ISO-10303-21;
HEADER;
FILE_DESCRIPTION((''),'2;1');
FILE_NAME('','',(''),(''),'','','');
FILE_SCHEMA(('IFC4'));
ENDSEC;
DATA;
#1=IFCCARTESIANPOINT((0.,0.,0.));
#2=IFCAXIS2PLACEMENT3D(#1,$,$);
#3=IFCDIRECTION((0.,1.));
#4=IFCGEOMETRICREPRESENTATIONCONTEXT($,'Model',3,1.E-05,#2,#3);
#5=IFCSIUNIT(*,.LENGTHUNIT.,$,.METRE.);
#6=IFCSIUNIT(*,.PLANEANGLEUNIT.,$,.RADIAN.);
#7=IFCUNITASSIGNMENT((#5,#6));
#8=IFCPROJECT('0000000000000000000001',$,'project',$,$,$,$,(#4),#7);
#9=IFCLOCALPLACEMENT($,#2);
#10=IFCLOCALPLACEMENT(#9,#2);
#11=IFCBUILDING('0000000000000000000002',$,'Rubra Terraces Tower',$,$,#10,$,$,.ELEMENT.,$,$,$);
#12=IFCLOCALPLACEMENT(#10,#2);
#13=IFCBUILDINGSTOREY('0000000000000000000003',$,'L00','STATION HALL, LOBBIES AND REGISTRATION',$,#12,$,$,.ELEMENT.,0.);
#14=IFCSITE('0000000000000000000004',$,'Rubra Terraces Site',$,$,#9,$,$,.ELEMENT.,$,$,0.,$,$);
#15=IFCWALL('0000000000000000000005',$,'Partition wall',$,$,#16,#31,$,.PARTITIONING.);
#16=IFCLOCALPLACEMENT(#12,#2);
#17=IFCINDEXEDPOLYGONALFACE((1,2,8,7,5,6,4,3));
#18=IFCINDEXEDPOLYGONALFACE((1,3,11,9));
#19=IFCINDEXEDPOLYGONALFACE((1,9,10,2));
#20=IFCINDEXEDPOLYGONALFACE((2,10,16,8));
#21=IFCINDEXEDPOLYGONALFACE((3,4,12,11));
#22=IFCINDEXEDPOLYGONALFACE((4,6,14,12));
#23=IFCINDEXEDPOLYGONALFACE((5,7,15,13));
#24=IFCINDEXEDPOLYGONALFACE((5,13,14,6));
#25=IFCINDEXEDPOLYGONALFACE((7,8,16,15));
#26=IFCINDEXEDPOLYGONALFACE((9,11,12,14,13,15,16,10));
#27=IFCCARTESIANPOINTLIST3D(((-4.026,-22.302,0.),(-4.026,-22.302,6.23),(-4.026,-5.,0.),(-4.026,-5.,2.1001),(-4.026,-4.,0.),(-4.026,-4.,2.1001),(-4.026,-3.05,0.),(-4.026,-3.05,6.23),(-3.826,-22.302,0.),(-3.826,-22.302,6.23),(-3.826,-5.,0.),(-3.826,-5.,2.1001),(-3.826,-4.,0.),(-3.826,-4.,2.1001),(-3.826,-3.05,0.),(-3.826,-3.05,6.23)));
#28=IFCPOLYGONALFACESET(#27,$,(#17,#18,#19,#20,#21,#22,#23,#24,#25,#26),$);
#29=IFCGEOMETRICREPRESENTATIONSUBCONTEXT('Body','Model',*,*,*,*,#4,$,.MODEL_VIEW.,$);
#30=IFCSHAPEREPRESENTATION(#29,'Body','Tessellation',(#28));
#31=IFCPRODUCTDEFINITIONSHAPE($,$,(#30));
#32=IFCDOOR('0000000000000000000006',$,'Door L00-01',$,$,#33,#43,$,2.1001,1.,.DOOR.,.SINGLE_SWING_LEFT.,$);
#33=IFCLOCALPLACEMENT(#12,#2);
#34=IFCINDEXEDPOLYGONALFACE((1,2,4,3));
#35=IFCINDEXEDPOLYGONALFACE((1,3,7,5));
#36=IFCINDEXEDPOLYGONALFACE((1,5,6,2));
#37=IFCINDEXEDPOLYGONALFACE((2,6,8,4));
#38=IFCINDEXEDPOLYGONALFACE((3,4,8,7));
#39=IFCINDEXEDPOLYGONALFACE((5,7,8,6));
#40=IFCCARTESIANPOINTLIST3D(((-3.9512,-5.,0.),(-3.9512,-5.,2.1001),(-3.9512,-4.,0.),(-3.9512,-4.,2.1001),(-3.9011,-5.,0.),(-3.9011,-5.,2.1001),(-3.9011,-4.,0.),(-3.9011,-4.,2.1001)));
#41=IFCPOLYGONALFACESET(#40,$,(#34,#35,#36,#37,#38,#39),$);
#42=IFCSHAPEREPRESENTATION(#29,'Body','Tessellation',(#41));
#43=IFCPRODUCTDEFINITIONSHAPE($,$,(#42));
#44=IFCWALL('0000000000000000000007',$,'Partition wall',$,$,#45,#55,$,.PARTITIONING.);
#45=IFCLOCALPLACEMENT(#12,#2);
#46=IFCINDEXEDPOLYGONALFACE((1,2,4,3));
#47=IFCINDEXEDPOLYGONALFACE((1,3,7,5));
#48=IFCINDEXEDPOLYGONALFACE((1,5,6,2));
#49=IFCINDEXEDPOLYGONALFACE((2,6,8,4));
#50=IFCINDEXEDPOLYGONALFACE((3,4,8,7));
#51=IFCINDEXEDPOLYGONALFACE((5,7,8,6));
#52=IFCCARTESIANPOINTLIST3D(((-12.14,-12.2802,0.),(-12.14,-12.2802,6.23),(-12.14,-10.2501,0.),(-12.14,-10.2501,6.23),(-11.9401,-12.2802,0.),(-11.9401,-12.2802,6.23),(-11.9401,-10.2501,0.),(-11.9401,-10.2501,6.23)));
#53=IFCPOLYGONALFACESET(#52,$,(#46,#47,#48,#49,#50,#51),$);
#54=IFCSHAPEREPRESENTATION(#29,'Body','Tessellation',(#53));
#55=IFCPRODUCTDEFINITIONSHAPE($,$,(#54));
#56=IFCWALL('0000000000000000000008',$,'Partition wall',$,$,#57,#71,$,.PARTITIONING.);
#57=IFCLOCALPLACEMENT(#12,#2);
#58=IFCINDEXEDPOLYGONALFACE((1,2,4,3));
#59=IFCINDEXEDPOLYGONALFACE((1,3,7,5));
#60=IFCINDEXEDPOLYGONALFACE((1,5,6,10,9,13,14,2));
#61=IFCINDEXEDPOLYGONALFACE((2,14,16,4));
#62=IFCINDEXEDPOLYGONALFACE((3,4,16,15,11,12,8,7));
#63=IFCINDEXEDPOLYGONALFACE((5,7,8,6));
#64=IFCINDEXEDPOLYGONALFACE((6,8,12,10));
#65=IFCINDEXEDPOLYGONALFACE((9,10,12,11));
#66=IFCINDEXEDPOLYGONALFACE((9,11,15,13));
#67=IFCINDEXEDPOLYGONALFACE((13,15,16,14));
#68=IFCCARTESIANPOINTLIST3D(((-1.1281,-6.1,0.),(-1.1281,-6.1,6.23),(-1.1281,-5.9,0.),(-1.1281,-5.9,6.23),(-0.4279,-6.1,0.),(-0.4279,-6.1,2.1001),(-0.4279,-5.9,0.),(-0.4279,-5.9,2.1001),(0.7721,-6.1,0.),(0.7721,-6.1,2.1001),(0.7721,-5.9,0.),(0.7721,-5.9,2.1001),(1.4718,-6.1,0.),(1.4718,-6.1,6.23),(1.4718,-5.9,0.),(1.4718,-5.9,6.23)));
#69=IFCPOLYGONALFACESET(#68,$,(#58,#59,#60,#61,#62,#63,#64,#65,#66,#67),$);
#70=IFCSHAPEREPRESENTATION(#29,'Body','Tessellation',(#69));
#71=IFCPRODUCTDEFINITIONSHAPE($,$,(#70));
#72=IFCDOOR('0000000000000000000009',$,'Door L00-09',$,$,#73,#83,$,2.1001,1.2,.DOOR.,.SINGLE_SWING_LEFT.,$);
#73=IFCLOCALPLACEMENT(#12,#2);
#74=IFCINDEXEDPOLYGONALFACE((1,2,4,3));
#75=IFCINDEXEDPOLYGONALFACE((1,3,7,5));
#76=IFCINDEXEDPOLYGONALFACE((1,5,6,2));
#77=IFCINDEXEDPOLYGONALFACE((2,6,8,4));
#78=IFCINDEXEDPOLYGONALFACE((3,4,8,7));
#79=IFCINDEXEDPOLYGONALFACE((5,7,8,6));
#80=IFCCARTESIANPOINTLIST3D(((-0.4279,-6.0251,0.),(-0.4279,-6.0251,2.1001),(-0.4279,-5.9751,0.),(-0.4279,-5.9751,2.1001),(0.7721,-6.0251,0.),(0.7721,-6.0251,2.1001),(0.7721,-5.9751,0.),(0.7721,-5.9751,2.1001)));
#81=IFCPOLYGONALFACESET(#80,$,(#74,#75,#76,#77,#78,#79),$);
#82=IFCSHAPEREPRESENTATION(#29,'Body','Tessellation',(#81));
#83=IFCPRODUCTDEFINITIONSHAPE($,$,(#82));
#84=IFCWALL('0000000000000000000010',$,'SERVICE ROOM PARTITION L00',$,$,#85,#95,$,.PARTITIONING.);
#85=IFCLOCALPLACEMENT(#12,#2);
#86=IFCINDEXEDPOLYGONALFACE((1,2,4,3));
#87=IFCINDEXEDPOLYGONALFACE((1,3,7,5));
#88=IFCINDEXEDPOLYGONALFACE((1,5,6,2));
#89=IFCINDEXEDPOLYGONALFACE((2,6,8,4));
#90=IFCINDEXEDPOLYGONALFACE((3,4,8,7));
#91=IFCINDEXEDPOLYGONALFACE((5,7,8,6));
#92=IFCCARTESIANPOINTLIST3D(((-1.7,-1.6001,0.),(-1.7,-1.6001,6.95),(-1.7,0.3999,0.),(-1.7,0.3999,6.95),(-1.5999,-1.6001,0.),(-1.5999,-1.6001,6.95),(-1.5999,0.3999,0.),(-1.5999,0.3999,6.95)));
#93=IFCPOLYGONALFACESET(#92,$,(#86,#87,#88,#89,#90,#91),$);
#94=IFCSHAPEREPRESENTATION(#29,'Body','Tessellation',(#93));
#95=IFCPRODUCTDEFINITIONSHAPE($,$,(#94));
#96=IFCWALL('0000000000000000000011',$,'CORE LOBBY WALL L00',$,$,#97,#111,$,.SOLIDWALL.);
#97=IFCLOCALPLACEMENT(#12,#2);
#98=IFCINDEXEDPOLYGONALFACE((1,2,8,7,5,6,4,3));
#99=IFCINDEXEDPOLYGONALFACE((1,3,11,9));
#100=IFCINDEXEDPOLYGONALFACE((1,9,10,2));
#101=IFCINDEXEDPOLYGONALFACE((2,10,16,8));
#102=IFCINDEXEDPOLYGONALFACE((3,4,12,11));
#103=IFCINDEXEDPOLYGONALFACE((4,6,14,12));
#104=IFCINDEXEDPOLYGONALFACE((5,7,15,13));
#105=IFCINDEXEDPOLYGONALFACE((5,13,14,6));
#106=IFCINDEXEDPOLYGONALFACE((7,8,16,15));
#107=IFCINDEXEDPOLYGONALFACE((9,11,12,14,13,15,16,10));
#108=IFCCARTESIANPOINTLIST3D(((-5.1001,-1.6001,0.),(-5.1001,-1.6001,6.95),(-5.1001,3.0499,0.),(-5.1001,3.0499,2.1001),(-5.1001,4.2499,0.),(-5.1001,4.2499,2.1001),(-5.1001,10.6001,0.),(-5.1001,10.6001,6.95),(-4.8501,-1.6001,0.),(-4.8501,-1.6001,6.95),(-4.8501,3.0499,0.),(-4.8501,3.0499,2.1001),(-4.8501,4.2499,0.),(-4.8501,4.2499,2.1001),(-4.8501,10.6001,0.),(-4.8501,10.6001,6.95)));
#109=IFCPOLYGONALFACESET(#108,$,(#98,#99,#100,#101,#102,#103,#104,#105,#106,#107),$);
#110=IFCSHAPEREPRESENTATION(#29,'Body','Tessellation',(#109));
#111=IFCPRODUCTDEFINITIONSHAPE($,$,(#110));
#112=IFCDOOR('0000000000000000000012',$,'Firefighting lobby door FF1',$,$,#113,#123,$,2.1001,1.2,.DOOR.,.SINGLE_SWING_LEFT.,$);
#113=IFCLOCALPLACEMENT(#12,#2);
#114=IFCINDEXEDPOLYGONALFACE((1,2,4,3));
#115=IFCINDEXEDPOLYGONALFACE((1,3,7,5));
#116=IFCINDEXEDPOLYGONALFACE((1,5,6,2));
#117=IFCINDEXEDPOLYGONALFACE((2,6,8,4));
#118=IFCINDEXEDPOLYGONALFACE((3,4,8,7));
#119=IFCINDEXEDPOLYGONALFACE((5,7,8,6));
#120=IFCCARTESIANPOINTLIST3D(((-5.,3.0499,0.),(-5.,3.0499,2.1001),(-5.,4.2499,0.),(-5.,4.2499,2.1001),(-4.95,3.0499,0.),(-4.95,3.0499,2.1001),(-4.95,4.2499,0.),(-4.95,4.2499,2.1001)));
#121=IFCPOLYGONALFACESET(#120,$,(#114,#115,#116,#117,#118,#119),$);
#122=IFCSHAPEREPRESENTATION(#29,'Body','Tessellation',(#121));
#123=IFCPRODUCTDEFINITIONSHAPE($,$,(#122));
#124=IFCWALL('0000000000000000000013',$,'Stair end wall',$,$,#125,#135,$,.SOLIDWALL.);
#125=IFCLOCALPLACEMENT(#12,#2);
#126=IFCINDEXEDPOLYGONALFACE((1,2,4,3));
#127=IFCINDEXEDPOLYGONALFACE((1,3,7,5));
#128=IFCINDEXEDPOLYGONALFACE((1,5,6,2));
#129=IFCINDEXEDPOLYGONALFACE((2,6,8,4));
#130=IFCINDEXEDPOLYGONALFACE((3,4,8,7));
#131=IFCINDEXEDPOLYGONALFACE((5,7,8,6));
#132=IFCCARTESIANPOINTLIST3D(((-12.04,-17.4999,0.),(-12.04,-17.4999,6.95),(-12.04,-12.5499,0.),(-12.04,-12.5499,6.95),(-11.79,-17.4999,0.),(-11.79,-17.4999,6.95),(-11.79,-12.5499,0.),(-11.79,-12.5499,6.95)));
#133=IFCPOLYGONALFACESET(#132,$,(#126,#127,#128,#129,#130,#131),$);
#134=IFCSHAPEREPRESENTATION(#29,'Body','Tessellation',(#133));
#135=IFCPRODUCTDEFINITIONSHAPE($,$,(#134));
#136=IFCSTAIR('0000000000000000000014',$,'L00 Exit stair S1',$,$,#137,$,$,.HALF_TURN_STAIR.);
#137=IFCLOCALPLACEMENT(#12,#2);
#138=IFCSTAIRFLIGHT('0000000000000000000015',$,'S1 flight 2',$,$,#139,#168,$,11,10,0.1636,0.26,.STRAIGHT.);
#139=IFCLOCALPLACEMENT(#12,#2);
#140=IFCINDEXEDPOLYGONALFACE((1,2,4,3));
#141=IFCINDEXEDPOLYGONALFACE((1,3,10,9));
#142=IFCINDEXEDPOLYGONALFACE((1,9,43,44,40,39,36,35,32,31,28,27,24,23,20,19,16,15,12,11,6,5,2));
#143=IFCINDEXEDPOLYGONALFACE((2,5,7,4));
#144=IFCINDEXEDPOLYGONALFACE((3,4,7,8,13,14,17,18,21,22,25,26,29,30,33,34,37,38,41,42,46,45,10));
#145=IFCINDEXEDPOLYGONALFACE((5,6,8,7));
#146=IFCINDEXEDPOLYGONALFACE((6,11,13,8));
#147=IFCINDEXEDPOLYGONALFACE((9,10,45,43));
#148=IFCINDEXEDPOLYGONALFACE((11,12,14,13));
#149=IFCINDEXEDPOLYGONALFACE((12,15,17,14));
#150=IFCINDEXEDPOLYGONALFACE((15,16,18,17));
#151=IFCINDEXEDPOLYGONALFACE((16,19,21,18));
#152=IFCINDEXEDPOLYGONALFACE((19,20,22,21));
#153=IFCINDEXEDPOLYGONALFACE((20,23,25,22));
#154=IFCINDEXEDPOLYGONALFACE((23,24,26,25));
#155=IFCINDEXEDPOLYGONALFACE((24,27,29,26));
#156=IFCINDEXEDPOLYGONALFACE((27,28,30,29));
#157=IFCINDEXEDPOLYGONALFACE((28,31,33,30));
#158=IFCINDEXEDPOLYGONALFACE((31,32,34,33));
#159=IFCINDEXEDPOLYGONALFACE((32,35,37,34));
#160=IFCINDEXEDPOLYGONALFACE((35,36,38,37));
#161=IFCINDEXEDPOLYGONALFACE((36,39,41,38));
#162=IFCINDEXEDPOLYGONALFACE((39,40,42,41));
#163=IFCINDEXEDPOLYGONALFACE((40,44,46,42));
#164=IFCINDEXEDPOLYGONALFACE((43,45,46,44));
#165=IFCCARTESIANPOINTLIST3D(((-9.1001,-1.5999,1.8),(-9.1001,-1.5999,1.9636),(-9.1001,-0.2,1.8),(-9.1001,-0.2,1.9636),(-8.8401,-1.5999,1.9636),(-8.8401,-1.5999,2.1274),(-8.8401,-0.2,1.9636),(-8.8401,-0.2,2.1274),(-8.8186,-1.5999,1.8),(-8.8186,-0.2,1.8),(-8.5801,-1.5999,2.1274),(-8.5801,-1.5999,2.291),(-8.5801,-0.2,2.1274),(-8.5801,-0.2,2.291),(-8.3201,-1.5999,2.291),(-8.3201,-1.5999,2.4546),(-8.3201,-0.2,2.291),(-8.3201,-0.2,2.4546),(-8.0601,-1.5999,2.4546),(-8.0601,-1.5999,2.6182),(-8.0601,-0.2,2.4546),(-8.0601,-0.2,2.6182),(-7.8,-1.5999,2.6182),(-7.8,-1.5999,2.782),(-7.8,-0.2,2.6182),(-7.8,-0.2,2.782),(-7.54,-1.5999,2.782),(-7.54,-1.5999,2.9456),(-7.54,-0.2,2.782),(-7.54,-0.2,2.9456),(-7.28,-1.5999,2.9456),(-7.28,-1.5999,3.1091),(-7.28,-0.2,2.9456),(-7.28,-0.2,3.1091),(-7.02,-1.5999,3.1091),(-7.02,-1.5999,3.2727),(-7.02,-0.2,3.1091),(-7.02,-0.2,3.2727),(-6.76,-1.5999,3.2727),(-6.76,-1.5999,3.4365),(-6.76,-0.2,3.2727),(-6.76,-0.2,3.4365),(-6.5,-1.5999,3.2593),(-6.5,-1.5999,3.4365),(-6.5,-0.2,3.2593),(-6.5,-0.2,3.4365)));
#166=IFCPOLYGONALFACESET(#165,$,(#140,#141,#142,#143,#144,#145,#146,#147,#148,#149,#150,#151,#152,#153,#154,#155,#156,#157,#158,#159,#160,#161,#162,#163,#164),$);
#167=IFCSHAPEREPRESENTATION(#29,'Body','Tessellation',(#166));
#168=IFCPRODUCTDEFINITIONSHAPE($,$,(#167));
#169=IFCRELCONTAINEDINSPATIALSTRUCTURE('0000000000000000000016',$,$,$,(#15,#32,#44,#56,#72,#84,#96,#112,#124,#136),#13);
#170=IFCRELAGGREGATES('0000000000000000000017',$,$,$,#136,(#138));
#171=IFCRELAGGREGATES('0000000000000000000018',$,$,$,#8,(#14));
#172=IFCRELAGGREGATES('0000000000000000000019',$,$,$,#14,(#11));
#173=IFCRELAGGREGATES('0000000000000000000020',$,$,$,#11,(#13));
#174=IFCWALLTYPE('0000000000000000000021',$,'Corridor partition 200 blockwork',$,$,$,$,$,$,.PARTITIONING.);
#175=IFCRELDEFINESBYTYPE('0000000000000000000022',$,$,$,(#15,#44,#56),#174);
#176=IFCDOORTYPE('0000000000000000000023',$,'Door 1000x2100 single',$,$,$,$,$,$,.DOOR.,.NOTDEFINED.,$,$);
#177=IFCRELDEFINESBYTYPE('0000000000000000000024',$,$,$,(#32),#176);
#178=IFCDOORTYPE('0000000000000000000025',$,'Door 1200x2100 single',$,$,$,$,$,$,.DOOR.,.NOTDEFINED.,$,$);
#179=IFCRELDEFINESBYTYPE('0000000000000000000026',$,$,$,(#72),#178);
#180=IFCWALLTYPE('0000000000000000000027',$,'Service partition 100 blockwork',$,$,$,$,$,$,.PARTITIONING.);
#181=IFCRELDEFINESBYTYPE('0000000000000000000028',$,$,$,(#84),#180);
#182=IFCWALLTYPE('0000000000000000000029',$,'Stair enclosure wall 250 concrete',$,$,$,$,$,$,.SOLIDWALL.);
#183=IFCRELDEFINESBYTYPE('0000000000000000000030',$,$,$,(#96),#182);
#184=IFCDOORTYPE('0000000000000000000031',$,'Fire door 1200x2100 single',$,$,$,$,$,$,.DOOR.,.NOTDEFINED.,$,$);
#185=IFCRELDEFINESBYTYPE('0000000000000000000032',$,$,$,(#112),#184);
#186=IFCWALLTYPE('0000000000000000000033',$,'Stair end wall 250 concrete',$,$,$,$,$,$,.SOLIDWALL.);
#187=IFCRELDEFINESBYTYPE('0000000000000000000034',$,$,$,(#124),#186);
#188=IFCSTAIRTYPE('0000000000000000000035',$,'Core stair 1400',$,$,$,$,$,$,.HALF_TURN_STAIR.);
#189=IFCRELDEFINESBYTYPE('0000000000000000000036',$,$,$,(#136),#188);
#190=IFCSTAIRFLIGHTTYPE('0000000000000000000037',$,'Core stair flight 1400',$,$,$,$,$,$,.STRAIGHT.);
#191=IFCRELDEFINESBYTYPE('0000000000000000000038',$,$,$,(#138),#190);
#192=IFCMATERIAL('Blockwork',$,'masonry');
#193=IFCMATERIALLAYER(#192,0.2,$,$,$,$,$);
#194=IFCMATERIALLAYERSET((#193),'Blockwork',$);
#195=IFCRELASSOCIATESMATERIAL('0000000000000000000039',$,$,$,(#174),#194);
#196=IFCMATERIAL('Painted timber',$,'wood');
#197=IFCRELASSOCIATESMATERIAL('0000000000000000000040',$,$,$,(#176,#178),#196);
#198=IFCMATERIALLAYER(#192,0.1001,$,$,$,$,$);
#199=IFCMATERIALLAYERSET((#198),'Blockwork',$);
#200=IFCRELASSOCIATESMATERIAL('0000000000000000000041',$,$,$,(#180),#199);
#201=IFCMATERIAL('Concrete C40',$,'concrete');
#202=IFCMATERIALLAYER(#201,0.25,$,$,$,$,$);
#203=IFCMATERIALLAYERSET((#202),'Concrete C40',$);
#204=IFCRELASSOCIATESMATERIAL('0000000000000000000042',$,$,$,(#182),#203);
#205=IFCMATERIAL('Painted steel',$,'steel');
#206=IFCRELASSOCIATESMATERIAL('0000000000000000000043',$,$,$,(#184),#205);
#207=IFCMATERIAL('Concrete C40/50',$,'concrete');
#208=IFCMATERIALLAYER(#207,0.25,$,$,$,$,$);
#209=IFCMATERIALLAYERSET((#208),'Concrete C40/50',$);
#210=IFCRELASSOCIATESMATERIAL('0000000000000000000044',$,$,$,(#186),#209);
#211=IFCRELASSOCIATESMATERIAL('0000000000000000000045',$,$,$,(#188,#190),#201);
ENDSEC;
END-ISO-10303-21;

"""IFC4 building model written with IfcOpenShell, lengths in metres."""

from ifc_helpers import new_model, si_unit, direction, frame, frame_2d, origin, place, context, subcontext, project, spatial, polyline, rectangle, outline, extrude, material, layer, layer_set, type_object, element, fill, aggregate, save


model = new_model("IFC4")

# Units and contexts
model_context = context("Model", 3, precision=1e-05, world=origin(), true_north=direction((0.0, 1.0)))
body_context = subcontext(model_context, "Body", "Model", "MODEL_VIEW")
ifc_project = project(units=[si_unit("LENGTHUNIT", "METRE"), si_unit("PLANEANGLEUNIT", "RADIAN")], contexts=[model_context])

# Site, building, storey
site_placement = place(None, origin())
site = spatial("IfcSite", under=ifc_project, at=site_placement, Name="Rubra Terraces Site", CompositionType="ELEMENT", RefElevation=0.0)
building_placement = place(site_placement, origin())
building = spatial("IfcBuilding", under=site, at=building_placement, Name="Rubra Terraces Tower", CompositionType="ELEMENT")
storey_placement = place(building_placement, origin())
storey = spatial("IfcBuildingStorey", under=building, at=storey_placement, Name="L00", Description="STATION HALL, LOBBIES AND REGISTRATION", CompositionType="ELEMENT", Elevation=0.0)

# Shared definitions
ifc_material_1 = material(Name="Concrete C40", Category="concrete")

# Wall, opening, door
ifc_material_2 = material(Name="Blockwork", Category="masonry")
ifc_layer_1 = layer(ifc_material_2, 0.2)
ifc_layer_set_1 = layer_set([ifc_layer_1], Name="Blockwork")
wall_type_1 = type_object("IfcWallType", Name="Corridor partition 200 blockwork", PredefinedType="PARTITIONING", material=ifc_layer_set_1)
wall_1_placement = place(storey_placement, frame((-3.926, -3.05, 0.0), z_axis=(0.0, 0.0, 1.0), x_axis=(0.0, -1.0, 0.0)))
wall_1 = element("IfcWall", 1, at=wall_1_placement, inside=storey, type_object=wall_type_1, Name="Partition wall", PredefinedType="PARTITIONING", context=body_context, shape_type="SweptSolid", body=[
    extrude(rectangle(XDim=19.252, YDim=0.2, at=frame_2d((9.626, 0.0))), origin(), (0.0, 0.0, 1.0), 6.23),
])
opening_1_placement = place(wall_1_placement, frame((0.95, 0.0, 0.0)))
opening_1 = element("IfcOpeningElement", 2, at=opening_1_placement, cuts=wall_1, PredefinedType="OPENING", context=body_context, shape_type="SweptSolid", body=[
    extrude(rectangle(XDim=1.0, YDim=2.1001, at=frame_2d((0.5, 1.05))), frame((0.0, 0.1099, 0.0), z_axis=(0.0, -1.0, 0.0), x_axis=(1.0, 0.0, 0.0)), (0.0, 0.0, 1.0), 0.22),
])
ifc_material_3 = material(Name="Painted timber", Category="wood")
door_type_1 = type_object("IfcDoorType", Name="Door 1000x2100 single", OperationType="NOTDEFINED", PredefinedType="DOOR", material=ifc_material_3)
door_1_placement = place(opening_1_placement, origin())
door_1 = element("IfcDoor", 3, at=door_1_placement, inside=storey, type_object=door_type_1, Name="Door L00-01", OperationType="SINGLE_SWING_LEFT", OverallHeight=2.1001, OverallWidth=1.0, PredefinedType="DOOR", context=body_context, shape_type="SweptSolid", body=[
    extrude(rectangle(XDim=1.0, YDim=2.1001, at=frame_2d((0.5, 1.05))), frame((0.0, 0.0249, 0.0), z_axis=(0.0, -1.0, 0.0), x_axis=(1.0, 0.0, 0.0)), (0.0, 0.0, 1.0), 0.05),
])
fill(opening_1, door_1)

# Wall
wall_2_placement = place(storey_placement, frame((-12.04, -10.25, 0.0), z_axis=(0.0, 0.0, 1.0), x_axis=(0.0, -1.0, 0.0)))
element("IfcWall", 4, at=wall_2_placement, inside=storey, type_object=wall_type_1, Name="Partition wall", PredefinedType="PARTITIONING", context=body_context, shape_type="SweptSolid", body=[
    extrude(rectangle(XDim=2.03, YDim=0.2, at=frame_2d((1.0151, 0.0))), origin(), (0.0, 0.0, 1.0), 6.23),
])

# Wall, opening, door
wall_3_placement = place(storey_placement, frame((-1.1279, -6.0, 0.0), z_axis=(0.0, 0.0, 1.0), x_axis=(1.0, 0.0, 0.0)))
wall_3 = element("IfcWall", 5, at=wall_3_placement, inside=storey, type_object=wall_type_1, Name="Partition wall", PredefinedType="PARTITIONING", context=body_context, shape_type="SweptSolid", body=[
    extrude(rectangle(XDim=2.5999, YDim=0.2, at=frame_2d((1.2998, 0.0))), origin(), (0.0, 0.0, 1.0), 6.23),
])
opening_2_placement = place(wall_3_placement, frame((0.7, 0.0, 0.0)))
opening_2 = element("IfcOpeningElement", 6, at=opening_2_placement, cuts=wall_3, PredefinedType="OPENING", context=body_context, shape_type="SweptSolid", body=[
    extrude(rectangle(XDim=1.2, YDim=2.1001, at=frame_2d((0.6001, 1.05))), frame((0.0, 0.1099, 0.0), z_axis=(0.0, -1.0, 0.0), x_axis=(1.0, 0.0, 0.0)), (0.0, 0.0, 1.0), 0.22),
])
door_type_2 = type_object("IfcDoorType", Name="Door 1200x2100 single", OperationType="NOTDEFINED", PredefinedType="DOOR", material=ifc_material_3)
door_2_placement = place(opening_2_placement, origin())
door_2 = element("IfcDoor", 7, at=door_2_placement, inside=storey, type_object=door_type_2, Name="Door L00-09", OperationType="SINGLE_SWING_LEFT", OverallHeight=2.1001, OverallWidth=1.2, PredefinedType="DOOR", context=body_context, shape_type="SweptSolid", body=[
    extrude(rectangle(XDim=1.2, YDim=2.1001, at=frame_2d((0.6001, 1.05))), frame((0.0, 0.0249, 0.0), z_axis=(0.0, -1.0, 0.0), x_axis=(1.0, 0.0, 0.0)), (0.0, 0.0, 1.0), 0.05),
])
fill(opening_2, door_2)

# Wall
ifc_layer_2 = layer(ifc_material_2, 0.1001)
ifc_layer_set_2 = layer_set([ifc_layer_2], Name="Blockwork")
wall_type_2 = type_object("IfcWallType", Name="Service partition 100 blockwork", PredefinedType="PARTITIONING", material=ifc_layer_set_2)
wall_4_placement = place(storey_placement, frame((-1.6499, -1.6001, 0.0), z_axis=(0.0, 0.0, 1.0), x_axis=(0.0, 1.0, 0.0)))
element("IfcWall", 8, at=wall_4_placement, inside=storey, type_object=wall_type_2, Name="SERVICE ROOM PARTITION L00", PredefinedType="PARTITIONING", context=body_context, shape_type="SweptSolid", body=[
    extrude(rectangle(XDim=2.0, YDim=0.1001, at=frame_2d((1.0, 0.0))), origin(), (0.0, 0.0, 1.0), 6.95),
])

# Wall, opening, door
ifc_layer_3 = layer(ifc_material_1, 0.25)
ifc_layer_set_3 = layer_set([ifc_layer_3], Name="Concrete C40")
wall_type_3 = type_object("IfcWallType", Name="Stair enclosure wall 250 concrete", PredefinedType="SOLIDWALL", material=ifc_layer_set_3)
wall_5_placement = place(storey_placement, frame((-4.9751, -1.6001, 0.0), z_axis=(0.0, 0.0, 1.0), x_axis=(0.0, 1.0, 0.0)))
wall_5 = element("IfcWall", 9, at=wall_5_placement, inside=storey, type_object=wall_type_3, Name="CORE LOBBY WALL L00", PredefinedType="SOLIDWALL", context=body_context, shape_type="SweptSolid", body=[
    extrude(rectangle(XDim=12.2002, YDim=0.25, at=frame_2d((6.1001, 0.0))), origin(), (0.0, 0.0, 1.0), 6.95),
])
opening_3_placement = place(wall_5_placement, frame((4.6499, 0.0, 0.0)))
opening_3 = element("IfcOpeningElement", 10, at=opening_3_placement, cuts=wall_5, PredefinedType="OPENING", context=body_context, shape_type="SweptSolid", body=[
    extrude(rectangle(XDim=1.2, YDim=2.1001, at=frame_2d((0.6001, 1.05))), frame((0.0, 0.135, 0.0), z_axis=(0.0, -1.0, 0.0), x_axis=(1.0, 0.0, 0.0)), (0.0, 0.0, 1.0), 0.27),
])
ifc_material_4 = material(Name="Painted steel", Category="steel")
door_type_3 = type_object("IfcDoorType", Name="Fire door 1200x2100 single", OperationType="NOTDEFINED", PredefinedType="DOOR", material=ifc_material_4)
door_3_placement = place(opening_3_placement, origin())
door_3 = element("IfcDoor", 11, at=door_3_placement, inside=storey, type_object=door_type_3, Name="Firefighting lobby door FF1", OperationType="SINGLE_SWING_LEFT", OverallHeight=2.1001, OverallWidth=1.2, PredefinedType="DOOR", context=body_context, shape_type="SweptSolid", body=[
    extrude(rectangle(XDim=1.2, YDim=2.1001, at=frame_2d((0.6001, 1.05))), frame((0.0, 0.0249, 0.0), z_axis=(0.0, -1.0, 0.0), x_axis=(1.0, 0.0, 0.0)), (0.0, 0.0, 1.0), 0.05),
])
fill(opening_3, door_3)

# Wall
ifc_material_5 = material(Name="Concrete C40/50", Category="concrete")
ifc_layer_4 = layer(ifc_material_5, 0.25)
ifc_layer_set_4 = layer_set([ifc_layer_4], Name="Concrete C40/50")
wall_type_4 = type_object("IfcWallType", Name="Stair end wall 250 concrete", PredefinedType="SOLIDWALL", material=ifc_layer_set_4)
wall_6_placement = place(storey_placement, frame((-11.915, -17.5, 0.0), z_axis=(0.0, 0.0, 1.0), x_axis=(0.0, 1.0, 0.0)))
element("IfcWall", 12, at=wall_6_placement, inside=storey, type_object=wall_type_4, Name="Stair end wall", PredefinedType="SOLIDWALL", context=body_context, shape_type="SweptSolid", body=[
    extrude(rectangle(XDim=4.95, YDim=0.25, at=frame_2d((2.4751, 0.0))), origin(), (0.0, 0.0, 1.0), 6.95),
])

# Stair, stair flight
stair_type = type_object("IfcStairType", Name="Core stair 1400", PredefinedType="HALF_TURN_STAIR", material=ifc_material_1)
stair_placement = place(storey_placement, origin())
stair = element("IfcStair", 13, at=stair_placement, inside=storey, type_object=stair_type, Name="L00 Exit stair S1", PredefinedType="HALF_TURN_STAIR")
stair_flight_type = type_object("IfcStairFlightType", Name="Core stair flight 1400", PredefinedType="STRAIGHT", material=ifc_material_1)
stair_flight_1_placement = place(storey_placement, frame((-9.1001, -0.8999, 1.8), z_axis=(0.0, 0.0, 1.0), x_axis=(1.0, 0.0, 0.0)))
stair_flight_1 = element("IfcStairFlight", 14, at=stair_flight_1_placement, type_object=stair_flight_type, Name="S1 flight 2", NumberOfRisers=11, NumberOfTreads=10, PredefinedType="STRAIGHT", RiserHeight=0.1636, TreadLength=0.26, context=body_context, shape_type="SweptSolid", body=[
    extrude(outline(polyline([(0.0, 0.0), (0.0, 0.1636), (0.26, 0.1636), (0.26, 0.3274), (0.52, 0.3274), (0.52, 0.491), (0.78, 0.491), (0.78, 0.6545), (1.04, 0.6545), (1.04, 0.8181), (1.3, 0.8181), (1.3, 0.9819), (1.5601, 0.9819), (1.5601, 1.1455), (1.8201, 1.1455), (1.8201, 1.3091), (2.0801, 1.3091), (2.0801, 1.4727), (2.3401, 1.4727), (2.3401, 1.6365), (2.6001, 1.6365), (2.6001, 1.8), (2.6001, 1.4592), (0.2815, 0.0), (0.0, 0.0)])), frame((0.0, 0.7, 0.0), z_axis=(0.0, -1.0, 0.0), x_axis=(1.0, 0.0, 0.0)), (0.0, 0.0, 1.0), 1.3999),
])
aggregate(stair, [stair_flight_1])

save(model, "model.ifc")
